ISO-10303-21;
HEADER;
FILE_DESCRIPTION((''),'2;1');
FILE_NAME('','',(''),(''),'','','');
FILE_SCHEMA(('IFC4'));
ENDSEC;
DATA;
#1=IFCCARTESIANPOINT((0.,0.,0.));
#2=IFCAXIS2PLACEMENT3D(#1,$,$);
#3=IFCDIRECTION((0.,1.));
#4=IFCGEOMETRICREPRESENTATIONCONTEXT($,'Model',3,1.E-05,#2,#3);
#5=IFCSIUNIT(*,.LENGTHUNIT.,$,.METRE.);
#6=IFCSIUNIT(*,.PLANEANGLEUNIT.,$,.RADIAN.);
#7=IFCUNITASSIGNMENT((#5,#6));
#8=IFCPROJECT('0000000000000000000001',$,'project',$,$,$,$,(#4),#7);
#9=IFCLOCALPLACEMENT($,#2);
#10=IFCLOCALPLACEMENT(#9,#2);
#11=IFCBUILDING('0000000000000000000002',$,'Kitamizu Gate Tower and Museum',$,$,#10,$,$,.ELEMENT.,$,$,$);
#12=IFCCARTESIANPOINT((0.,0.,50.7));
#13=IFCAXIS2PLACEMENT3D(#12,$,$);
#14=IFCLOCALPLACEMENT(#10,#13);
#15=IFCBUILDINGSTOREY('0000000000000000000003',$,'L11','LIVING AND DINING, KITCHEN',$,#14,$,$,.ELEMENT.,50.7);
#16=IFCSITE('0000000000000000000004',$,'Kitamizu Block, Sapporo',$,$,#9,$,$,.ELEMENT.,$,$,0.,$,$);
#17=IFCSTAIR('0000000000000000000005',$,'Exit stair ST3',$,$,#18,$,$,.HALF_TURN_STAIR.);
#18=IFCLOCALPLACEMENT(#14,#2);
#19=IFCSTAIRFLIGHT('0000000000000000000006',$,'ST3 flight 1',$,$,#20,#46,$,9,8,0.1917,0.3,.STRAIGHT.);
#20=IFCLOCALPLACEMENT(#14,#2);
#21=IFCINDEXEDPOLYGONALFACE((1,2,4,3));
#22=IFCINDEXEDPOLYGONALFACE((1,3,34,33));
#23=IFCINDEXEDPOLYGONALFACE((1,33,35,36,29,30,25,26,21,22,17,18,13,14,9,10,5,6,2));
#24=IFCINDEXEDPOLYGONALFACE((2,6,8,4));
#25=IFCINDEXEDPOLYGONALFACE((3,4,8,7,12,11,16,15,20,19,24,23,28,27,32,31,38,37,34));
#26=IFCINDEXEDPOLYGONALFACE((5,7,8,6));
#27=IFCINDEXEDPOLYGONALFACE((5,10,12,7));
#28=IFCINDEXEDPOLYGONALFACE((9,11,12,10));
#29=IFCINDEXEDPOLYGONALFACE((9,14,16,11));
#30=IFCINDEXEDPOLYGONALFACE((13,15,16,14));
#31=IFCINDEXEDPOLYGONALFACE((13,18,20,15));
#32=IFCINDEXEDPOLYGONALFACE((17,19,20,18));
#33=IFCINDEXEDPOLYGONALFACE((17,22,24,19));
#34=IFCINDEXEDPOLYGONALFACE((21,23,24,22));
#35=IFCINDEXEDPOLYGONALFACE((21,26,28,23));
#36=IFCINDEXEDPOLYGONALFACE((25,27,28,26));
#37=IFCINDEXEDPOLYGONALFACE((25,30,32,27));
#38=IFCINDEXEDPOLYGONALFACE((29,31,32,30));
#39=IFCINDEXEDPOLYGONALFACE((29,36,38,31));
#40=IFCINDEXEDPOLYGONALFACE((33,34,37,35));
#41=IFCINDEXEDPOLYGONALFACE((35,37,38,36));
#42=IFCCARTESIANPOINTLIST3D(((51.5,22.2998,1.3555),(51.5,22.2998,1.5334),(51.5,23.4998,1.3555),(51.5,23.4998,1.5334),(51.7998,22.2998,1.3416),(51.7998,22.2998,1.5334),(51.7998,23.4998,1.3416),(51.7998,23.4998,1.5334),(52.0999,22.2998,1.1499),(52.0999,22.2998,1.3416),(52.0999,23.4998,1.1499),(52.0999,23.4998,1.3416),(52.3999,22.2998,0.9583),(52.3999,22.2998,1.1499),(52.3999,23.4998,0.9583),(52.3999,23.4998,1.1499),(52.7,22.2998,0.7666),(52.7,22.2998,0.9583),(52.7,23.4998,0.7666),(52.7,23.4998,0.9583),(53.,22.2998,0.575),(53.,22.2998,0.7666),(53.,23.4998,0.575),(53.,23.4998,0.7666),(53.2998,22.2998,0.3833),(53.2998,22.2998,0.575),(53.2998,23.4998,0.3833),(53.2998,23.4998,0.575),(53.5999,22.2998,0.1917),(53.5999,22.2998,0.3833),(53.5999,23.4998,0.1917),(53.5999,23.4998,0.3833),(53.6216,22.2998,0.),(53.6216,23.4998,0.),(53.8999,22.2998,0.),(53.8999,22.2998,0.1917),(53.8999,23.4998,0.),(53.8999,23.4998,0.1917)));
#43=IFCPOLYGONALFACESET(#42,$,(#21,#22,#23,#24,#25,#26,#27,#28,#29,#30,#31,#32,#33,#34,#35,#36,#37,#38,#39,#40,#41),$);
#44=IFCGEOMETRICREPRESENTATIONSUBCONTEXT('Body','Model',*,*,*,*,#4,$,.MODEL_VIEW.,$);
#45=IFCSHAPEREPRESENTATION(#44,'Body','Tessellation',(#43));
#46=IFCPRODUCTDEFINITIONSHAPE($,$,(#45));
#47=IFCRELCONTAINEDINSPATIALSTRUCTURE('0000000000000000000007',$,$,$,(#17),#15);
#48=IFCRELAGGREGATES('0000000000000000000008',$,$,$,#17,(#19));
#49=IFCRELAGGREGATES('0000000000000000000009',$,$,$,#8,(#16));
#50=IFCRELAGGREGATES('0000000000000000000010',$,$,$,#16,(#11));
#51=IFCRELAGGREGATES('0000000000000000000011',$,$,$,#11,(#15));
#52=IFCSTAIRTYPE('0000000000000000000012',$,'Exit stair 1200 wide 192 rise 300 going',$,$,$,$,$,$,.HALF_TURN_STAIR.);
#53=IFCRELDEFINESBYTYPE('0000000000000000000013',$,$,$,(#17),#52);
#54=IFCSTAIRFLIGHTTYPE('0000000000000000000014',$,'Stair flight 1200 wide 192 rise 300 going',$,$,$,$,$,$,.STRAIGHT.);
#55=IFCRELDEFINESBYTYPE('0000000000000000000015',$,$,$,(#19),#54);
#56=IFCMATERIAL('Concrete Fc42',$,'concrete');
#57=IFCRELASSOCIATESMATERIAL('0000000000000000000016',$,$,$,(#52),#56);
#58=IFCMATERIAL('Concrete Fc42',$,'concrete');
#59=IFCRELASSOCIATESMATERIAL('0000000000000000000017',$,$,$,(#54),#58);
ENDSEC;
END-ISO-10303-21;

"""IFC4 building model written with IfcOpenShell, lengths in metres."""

from ifc_helpers import new_model, si_unit, direction, frame, origin, place, context, subcontext, project, spatial, polyline, outline, extrude, material, type_object, element, aggregate, save


model = new_model("IFC4")

# Units and contexts
model_context = context("Model", 3, precision=1e-05, world=origin(), true_north=direction((0.0, 1.0)))
body_context = subcontext(model_context, "Body", "Model", "MODEL_VIEW")
ifc_project = project(units=[si_unit("LENGTHUNIT", "METRE"), si_unit("PLANEANGLEUNIT", "RADIAN")], contexts=[model_context])

# Site, building, storey
site_placement = place(None, origin())
site = spatial("IfcSite", under=ifc_project, at=site_placement, Name="Kitamizu Block, Sapporo", CompositionType="ELEMENT", RefElevation=0.0)
building_placement = place(site_placement, origin())
building = spatial("IfcBuilding", under=site, at=building_placement, Name="Kitamizu Gate Tower and Museum", CompositionType="ELEMENT")
storey_placement = place(building_placement, frame((0.0, 0.0, 50.7)))
storey = spatial("IfcBuildingStorey", under=building, at=storey_placement, Name="L11", Description="LIVING AND DINING, KITCHEN", CompositionType="ELEMENT", Elevation=50.7)

# Stair, stair flight
ifc_material_1 = material(Name="Concrete Fc42", Category="concrete")
stair_type = type_object("IfcStairType", Name="Exit stair 1200 wide 192 rise 300 going", PredefinedType="HALF_TURN_STAIR", material=ifc_material_1)
stair_placement = place(storey_placement, origin())
stair = element("IfcStair", 1, at=stair_placement, inside=storey, type_object=stair_type, Name="Exit stair ST3", PredefinedType="HALF_TURN_STAIR")
ifc_material_2 = material(Name="Concrete Fc42", Category="concrete")
stair_flight_type = type_object("IfcStairFlightType", Name="Stair flight 1200 wide 192 rise 300 going", PredefinedType="STRAIGHT", material=ifc_material_2)
stair_flight_placement = place(storey_placement, frame((53.8999, 22.8999, 0.0), z_axis=(0.0, 0.0, 1.0), x_axis=(-1.0, 0.0, 0.0)))
stair_flight = element("IfcStairFlight", 2, at=stair_flight_placement, type_object=stair_flight_type, Name="ST3 flight 1", NumberOfRisers=9, NumberOfTreads=8, PredefinedType="STRAIGHT", RiserHeight=0.1917, TreadLength=0.3, context=body_context, shape_type="SweptSolid", body=[
    extrude(outline(polyline([(0.0, 0.0), (0.0, 0.1917), (0.3, 0.1917), (0.3, 0.3833), (0.6001, 0.3833), (0.6001, 0.575), (0.8999, 0.575), (0.8999, 0.7666), (1.2, 0.7666), (1.2, 0.9583), (1.5, 0.9583), (1.5, 1.1499), (1.8, 1.1499), (1.8, 1.3416), (2.1001, 1.3416), (2.1001, 1.5334), (2.3999, 1.5334), (2.3999, 1.7251), (2.3999, 1.3555), (0.2783, 0.0), (0.0, 0.0)])), frame((0.0, 0.6001, 0.0), z_axis=(0.0, -1.0, 0.0), x_axis=(1.0, 0.0, 0.0)), (0.0, 0.0, 1.0), 1.2),
])
aggregate(stair, [stair_flight])

save(model, "model.ifc")
